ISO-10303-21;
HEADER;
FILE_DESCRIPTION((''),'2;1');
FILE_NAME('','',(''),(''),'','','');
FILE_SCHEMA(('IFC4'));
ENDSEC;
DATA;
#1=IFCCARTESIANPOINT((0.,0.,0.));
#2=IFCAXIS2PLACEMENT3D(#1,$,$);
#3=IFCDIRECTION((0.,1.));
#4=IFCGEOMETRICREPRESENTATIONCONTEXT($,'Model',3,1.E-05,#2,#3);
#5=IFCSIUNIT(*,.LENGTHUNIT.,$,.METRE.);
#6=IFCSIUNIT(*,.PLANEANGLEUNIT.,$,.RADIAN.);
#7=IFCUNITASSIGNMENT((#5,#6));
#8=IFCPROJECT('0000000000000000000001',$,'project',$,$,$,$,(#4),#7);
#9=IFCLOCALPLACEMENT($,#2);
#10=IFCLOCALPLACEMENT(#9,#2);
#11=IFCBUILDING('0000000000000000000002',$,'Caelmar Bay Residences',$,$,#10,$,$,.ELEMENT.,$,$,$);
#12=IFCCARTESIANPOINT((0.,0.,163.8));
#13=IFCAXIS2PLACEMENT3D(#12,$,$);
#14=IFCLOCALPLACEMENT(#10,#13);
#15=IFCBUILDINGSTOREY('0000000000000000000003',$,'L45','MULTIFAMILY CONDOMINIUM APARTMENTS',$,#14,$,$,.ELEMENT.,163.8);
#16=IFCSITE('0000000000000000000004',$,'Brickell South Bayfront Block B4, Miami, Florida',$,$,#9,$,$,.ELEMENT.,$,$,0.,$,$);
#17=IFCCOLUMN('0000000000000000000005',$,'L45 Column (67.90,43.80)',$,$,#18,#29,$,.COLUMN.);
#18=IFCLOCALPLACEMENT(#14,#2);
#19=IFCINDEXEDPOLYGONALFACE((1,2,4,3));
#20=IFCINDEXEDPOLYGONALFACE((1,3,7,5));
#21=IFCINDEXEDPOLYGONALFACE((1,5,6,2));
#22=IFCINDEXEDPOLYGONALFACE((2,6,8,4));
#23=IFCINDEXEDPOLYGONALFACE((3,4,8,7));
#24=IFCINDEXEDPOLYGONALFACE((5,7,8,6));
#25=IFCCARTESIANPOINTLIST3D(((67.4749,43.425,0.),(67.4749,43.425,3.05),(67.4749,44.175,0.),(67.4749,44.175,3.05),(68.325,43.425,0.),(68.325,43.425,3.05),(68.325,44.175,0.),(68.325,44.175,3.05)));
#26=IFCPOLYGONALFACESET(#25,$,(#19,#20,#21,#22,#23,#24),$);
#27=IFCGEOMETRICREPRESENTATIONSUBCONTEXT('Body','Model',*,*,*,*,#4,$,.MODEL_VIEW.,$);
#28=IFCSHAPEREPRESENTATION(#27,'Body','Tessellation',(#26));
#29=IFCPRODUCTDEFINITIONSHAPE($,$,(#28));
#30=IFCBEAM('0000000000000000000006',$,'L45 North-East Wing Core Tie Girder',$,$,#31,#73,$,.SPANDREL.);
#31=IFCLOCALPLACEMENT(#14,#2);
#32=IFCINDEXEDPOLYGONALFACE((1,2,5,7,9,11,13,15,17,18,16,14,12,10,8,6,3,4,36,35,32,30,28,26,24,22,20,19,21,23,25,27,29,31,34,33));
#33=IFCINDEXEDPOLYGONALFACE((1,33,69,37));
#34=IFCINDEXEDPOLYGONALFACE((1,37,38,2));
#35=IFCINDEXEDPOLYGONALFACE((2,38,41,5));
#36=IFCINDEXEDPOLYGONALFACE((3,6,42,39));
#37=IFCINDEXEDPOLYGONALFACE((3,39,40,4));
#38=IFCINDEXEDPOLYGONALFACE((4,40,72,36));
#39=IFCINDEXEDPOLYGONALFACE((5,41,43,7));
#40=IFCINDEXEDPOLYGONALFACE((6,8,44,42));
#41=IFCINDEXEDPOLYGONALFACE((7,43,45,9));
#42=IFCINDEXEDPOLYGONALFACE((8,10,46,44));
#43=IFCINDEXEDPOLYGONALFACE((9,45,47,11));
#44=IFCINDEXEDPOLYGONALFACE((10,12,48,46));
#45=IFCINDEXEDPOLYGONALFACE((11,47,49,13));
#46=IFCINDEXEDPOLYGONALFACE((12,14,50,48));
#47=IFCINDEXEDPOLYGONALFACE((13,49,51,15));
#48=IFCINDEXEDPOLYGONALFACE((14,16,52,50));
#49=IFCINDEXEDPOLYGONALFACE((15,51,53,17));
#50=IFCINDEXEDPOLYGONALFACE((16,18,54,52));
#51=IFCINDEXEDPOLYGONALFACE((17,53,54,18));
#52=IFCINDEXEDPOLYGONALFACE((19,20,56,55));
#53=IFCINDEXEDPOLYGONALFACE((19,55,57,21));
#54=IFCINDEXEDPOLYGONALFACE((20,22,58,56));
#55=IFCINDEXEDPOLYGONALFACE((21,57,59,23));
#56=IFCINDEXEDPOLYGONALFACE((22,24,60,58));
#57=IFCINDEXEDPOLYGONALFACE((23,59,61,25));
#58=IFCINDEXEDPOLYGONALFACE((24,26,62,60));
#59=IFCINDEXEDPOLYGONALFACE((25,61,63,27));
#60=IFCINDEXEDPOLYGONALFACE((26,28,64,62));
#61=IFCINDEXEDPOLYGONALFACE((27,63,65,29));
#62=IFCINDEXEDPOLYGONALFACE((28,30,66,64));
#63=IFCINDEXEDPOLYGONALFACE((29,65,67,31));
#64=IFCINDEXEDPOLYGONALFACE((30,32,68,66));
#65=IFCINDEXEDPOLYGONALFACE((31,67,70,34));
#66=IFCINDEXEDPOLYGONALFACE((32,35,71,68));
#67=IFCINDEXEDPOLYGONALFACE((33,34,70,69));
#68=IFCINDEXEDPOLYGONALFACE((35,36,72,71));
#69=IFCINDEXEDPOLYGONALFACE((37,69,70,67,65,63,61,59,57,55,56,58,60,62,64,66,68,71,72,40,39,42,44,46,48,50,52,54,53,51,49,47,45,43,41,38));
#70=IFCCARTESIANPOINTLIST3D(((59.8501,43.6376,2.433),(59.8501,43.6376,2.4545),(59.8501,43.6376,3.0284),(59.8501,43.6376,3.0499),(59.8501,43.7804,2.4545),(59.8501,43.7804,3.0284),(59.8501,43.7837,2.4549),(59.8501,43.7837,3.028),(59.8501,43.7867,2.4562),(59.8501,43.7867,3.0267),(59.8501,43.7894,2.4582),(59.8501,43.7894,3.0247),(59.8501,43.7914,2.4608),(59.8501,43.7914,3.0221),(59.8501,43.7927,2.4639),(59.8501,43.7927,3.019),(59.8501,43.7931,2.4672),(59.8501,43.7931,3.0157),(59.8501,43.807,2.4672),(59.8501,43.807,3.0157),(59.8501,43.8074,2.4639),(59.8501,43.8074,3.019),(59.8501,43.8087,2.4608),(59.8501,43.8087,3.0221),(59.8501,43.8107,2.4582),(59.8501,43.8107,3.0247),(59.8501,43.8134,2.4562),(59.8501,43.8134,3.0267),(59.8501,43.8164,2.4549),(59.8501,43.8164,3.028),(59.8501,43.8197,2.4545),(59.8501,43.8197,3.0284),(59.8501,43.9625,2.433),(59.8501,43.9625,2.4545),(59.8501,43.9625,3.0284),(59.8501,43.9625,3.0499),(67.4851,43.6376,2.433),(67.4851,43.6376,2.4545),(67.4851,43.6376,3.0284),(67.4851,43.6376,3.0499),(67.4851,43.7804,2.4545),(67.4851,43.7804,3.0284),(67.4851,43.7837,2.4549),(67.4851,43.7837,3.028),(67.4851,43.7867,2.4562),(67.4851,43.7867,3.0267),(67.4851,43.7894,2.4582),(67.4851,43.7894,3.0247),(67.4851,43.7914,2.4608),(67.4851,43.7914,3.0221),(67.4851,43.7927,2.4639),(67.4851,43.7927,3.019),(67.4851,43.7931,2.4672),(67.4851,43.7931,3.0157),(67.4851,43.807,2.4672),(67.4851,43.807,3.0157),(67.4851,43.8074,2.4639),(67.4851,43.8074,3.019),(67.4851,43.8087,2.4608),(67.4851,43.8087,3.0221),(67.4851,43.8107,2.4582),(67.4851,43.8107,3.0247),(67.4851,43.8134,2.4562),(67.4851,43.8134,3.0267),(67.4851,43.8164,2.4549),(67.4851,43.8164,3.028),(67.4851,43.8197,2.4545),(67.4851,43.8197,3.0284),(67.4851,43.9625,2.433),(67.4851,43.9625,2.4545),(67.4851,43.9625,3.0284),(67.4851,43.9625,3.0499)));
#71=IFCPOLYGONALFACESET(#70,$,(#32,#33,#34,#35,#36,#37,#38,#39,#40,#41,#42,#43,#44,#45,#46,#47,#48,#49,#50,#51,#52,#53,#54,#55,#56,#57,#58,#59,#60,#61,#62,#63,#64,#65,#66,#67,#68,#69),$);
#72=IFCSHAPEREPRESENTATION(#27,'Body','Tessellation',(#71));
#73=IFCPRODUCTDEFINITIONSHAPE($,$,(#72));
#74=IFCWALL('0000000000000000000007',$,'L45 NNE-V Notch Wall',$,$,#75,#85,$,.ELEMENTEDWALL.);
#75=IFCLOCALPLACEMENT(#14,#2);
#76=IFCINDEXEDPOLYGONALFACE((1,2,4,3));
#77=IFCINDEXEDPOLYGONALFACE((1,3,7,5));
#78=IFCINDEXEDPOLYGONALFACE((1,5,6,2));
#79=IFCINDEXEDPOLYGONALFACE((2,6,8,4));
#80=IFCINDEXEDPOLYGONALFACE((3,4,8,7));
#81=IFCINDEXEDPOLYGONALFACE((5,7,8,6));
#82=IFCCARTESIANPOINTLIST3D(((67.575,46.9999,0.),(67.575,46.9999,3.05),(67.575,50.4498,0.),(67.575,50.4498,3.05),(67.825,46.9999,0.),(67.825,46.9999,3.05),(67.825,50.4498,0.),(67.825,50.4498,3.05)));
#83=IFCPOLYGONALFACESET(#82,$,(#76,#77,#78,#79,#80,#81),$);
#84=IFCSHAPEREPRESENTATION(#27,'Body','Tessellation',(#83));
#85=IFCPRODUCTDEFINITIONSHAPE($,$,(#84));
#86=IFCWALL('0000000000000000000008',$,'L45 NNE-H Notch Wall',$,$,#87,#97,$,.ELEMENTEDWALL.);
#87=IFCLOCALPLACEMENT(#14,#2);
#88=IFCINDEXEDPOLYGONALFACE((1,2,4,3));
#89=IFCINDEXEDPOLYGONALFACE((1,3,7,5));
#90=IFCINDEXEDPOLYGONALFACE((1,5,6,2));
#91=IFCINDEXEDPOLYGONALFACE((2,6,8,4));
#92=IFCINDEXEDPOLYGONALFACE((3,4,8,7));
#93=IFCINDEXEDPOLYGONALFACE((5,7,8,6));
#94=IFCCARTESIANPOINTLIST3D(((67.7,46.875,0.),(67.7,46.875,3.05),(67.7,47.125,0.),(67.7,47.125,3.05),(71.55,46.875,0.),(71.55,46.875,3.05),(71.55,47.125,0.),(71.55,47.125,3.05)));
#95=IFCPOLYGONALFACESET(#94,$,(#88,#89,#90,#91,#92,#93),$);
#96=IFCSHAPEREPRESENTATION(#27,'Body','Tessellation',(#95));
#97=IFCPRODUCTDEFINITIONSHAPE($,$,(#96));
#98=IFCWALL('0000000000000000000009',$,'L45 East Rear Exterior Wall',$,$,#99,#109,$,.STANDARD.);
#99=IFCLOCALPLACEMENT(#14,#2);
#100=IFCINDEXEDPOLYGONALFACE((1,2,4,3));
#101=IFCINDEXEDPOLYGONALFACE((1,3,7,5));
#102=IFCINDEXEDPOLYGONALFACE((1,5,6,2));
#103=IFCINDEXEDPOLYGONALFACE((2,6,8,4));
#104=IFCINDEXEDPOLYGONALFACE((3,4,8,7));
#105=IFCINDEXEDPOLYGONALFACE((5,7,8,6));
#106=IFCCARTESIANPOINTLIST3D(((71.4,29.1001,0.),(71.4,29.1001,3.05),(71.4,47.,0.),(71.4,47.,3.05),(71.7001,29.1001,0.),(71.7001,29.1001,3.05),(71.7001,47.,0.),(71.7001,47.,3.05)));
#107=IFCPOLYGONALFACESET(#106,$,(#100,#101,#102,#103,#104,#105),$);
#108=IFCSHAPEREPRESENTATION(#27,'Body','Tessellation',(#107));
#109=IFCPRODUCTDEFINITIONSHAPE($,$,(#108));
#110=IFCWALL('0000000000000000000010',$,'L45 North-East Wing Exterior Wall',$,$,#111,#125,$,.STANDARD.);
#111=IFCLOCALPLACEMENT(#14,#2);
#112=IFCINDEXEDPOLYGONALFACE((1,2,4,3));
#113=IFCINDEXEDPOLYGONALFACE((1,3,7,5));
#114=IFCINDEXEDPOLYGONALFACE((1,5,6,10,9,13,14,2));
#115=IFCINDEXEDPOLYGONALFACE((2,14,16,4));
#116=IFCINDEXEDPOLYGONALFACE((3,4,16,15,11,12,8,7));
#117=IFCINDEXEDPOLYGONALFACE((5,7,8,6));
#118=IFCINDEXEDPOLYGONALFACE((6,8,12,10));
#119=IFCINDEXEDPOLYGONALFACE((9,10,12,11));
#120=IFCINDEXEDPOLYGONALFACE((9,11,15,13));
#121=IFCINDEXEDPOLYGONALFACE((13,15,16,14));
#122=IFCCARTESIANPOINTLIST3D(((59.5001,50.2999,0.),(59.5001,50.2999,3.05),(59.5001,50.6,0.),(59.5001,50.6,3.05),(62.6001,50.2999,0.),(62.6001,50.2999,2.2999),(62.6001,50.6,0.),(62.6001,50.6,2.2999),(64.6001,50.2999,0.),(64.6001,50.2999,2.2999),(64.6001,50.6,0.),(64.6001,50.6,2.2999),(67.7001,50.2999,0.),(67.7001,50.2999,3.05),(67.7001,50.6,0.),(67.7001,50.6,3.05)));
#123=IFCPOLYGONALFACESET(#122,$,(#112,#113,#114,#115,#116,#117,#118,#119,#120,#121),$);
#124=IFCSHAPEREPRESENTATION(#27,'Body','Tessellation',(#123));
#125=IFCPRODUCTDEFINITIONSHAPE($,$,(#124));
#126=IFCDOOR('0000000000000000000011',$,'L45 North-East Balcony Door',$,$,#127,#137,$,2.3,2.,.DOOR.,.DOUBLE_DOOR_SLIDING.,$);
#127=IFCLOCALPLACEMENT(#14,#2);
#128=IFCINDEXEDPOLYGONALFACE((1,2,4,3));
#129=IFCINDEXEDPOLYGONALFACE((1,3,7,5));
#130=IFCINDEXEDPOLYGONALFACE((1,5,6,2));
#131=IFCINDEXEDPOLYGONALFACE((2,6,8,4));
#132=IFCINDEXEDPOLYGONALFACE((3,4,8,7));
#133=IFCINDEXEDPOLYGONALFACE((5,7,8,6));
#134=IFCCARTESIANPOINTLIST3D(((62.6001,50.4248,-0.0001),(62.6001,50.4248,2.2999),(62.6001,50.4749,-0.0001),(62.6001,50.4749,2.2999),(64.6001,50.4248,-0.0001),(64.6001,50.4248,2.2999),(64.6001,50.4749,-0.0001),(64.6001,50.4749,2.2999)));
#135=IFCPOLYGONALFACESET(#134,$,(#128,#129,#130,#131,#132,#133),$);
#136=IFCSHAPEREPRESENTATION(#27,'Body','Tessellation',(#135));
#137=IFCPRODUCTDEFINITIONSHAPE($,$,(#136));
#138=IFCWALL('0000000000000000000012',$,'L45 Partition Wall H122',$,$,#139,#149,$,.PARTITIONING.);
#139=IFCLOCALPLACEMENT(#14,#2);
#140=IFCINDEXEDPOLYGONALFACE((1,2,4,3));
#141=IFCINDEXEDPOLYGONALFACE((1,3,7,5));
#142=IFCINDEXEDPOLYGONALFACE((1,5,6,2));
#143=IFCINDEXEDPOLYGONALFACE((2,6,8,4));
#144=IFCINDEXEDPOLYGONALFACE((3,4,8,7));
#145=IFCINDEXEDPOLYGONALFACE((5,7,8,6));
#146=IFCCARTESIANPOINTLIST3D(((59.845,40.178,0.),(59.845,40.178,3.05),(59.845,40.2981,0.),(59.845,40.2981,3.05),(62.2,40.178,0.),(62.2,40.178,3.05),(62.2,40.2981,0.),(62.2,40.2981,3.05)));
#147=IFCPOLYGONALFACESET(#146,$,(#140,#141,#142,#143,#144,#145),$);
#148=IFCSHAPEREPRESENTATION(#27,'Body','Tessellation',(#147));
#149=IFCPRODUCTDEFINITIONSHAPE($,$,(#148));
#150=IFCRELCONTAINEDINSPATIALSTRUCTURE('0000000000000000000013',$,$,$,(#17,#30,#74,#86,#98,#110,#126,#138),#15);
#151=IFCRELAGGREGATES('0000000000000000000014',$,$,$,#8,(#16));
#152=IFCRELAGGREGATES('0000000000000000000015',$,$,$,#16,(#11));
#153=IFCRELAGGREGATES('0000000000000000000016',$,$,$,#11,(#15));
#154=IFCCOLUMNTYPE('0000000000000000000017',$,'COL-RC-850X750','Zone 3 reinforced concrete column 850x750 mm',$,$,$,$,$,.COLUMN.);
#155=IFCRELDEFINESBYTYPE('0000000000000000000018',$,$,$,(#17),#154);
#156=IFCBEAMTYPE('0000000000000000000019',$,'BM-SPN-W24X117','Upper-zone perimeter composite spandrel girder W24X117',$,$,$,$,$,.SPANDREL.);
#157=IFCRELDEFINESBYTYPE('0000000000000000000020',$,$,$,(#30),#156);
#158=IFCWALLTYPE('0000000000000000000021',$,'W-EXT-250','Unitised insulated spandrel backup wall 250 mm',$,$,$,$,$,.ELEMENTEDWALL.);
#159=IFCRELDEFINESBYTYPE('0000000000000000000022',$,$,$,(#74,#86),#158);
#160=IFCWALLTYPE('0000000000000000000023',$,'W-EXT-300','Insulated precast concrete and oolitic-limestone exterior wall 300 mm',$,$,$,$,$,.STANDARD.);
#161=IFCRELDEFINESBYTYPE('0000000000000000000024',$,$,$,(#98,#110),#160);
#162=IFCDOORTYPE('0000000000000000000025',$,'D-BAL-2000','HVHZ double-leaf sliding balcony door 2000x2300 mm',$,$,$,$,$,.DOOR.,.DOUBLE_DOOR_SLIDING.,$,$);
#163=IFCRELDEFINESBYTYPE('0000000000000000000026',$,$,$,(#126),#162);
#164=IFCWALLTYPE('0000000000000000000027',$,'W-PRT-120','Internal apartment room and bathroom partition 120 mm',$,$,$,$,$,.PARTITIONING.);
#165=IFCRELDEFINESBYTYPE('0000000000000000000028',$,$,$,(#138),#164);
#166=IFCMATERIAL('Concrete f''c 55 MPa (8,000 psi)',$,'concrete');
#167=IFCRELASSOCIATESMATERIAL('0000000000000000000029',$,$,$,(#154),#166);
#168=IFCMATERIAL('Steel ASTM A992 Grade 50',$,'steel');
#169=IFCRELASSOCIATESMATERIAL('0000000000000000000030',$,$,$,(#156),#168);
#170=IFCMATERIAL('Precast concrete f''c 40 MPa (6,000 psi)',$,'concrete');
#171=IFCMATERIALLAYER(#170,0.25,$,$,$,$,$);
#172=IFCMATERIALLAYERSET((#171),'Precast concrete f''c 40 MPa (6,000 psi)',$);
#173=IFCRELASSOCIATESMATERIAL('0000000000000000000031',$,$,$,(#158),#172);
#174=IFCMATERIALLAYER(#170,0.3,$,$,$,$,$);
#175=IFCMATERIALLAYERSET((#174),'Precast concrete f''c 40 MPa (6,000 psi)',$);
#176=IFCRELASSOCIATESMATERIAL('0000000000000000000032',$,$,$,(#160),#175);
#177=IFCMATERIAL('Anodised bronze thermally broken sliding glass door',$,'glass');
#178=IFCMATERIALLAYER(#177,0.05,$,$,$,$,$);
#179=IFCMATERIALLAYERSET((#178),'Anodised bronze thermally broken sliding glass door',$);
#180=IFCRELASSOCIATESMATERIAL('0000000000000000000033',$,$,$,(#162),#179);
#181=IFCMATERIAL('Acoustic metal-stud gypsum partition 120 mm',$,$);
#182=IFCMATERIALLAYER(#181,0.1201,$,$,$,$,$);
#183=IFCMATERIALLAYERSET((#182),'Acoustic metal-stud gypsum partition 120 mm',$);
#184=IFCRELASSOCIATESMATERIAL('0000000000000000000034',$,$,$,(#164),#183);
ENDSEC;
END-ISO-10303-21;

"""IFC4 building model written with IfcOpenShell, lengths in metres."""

from ifc_helpers import new_model, si_unit, direction, frame, frame_2d, origin, origin_2d, place, context, subcontext, project, spatial, rectangle, i_section, extrude, material, layer, layer_set, material_profile, profile_set, type_object, element, fill, save


model = new_model("IFC4")

# Units and contexts
model_context = context("Model", 3, precision=1e-05, world=origin(), true_north=direction((0.0, 1.0)))
body_context = subcontext(model_context, "Body", "Model", "MODEL_VIEW")
ifc_project = project(units=[si_unit("LENGTHUNIT", "METRE"), si_unit("PLANEANGLEUNIT", "RADIAN")], contexts=[model_context])

# Site, building, storey
site_placement = place(None, origin())
site = spatial("IfcSite", under=ifc_project, at=site_placement, Name="Brickell South Bayfront Block B4, Miami, Florida", CompositionType="ELEMENT", RefElevation=0.0)
building_placement = place(site_placement, origin())
building = spatial("IfcBuilding", under=site, at=building_placement, Name="Caelmar Bay Residences", CompositionType="ELEMENT")
storey_placement = place(building_placement, frame((0.0, 0.0, 163.8)))
storey = spatial("IfcBuildingStorey", under=building, at=storey_placement, Name="L45", Description="MULTIFAMILY CONDOMINIUM APARTMENTS", CompositionType="ELEMENT", Elevation=163.8)

# Column
ifc_material_1 = material(Name="Concrete f'c 55 MPa (8,000 psi)", Category="concrete")
ifc_material_profile_1 = material_profile(ifc_material_1, rectangle(XDim=0.8501, YDim=0.75, at=origin_2d()), Name="RC-COL-850X750")
ifc_profile_set_1 = profile_set([ifc_material_profile_1], Name="Concrete f'c 55 MPa (8,000 psi)")
column_type = type_object("IfcColumnType", Name="COL-RC-850X750", Description="Zone 3 reinforced concrete column 850x750 mm", PredefinedType="COLUMN", material=ifc_profile_set_1)
column_placement = place(storey_placement, frame((67.8999, 43.8, 0.0), z_axis=(0.0, 0.0, 1.0), x_axis=(1.0, 0.0, 0.0)))
element("IfcColumn", 1, at=column_placement, inside=storey, type_object=column_type, Name="L45 Column (67.90,43.80)", PredefinedType="COLUMN", context=body_context, shape_type="SweptSolid", body=[
    extrude(rectangle(XDim=0.8501, YDim=0.75, at=origin_2d()), origin(), (0.0, 0.0, 1.0), 3.05),
])

# Beam
ifc_material_2 = material(Name="Steel ASTM A992 Grade 50", Category="steel")
ifc_material_profile_2 = material_profile(ifc_material_2, i_section(OverallWidth=0.325, OverallDepth=0.6169, WebThickness=0.0139, FlangeThickness=0.0215, FilletRadius=0.0127, at=origin_2d()), Name="W24X117")
ifc_profile_set_2 = profile_set([ifc_material_profile_2], Name="Steel ASTM A992 Grade 50")
beam_type = type_object("IfcBeamType", Name="BM-SPN-W24X117", Description="Upper-zone perimeter composite spandrel girder W24X117", PredefinedType="SPANDREL", material=ifc_profile_set_2)
beam_placement = place(storey_placement, frame((59.8501, 43.8, 2.7415), z_axis=(1.0, 0.0, 0.0), x_axis=(0.0, 1.0, 0.0)))
element("IfcBeam", 2, at=beam_placement, inside=storey, type_object=beam_type, Name="L45 North-East Wing Core Tie Girder", PredefinedType="SPANDREL", context=body_context, shape_type="SweptSolid", body=[
    extrude(i_section(OverallWidth=0.325, OverallDepth=0.6169, WebThickness=0.0139, FlangeThickness=0.0215, FilletRadius=0.0127, at=origin_2d()), origin(), (0.0, 0.0, 1.0), 7.635),
])

# Walls
ifc_material_3 = material(Name="Precast concrete f'c 40 MPa (6,000 psi)", Category="concrete")
ifc_layer_1 = layer(ifc_material_3, 0.25)
ifc_layer_set_1 = layer_set([ifc_layer_1], Name="Precast concrete f'c 40 MPa (6,000 psi)")
wall_type_1 = type_object("IfcWallType", Name="W-EXT-250", Description="Unitised insulated spandrel backup wall 250 mm", PredefinedType="ELEMENTEDWALL", material=ifc_layer_set_1)
wall_1_placement = place(storey_placement, frame((67.7, 50.45, 0.0), z_axis=(0.0, 0.0, 1.0), x_axis=(0.0, -1.0, 0.0)))
element("IfcWall", 3, at=wall_1_placement, inside=storey, type_object=wall_type_1, Name="L45 NNE-V Notch Wall", PredefinedType="ELEMENTEDWALL", context=body_context, shape_type="SweptSolid", body=[
    extrude(rectangle(XDim=3.45, YDim=0.25, at=frame_2d((1.7251, 0.0))), origin(), (0.0, 0.0, 1.0), 3.05),
])
wall_2_placement = place(storey_placement, frame((67.7, 47.0, 0.0), z_axis=(0.0, 0.0, 1.0), x_axis=(1.0, 0.0, 0.0)))
element("IfcWall", 4, at=wall_2_placement, inside=storey, type_object=wall_type_1, Name="L45 NNE-H Notch Wall", PredefinedType="ELEMENTEDWALL", context=body_context, shape_type="SweptSolid", body=[
    extrude(rectangle(XDim=3.8501, YDim=0.25, at=frame_2d((1.925, 0.0))), origin(), (0.0, 0.0, 1.0), 3.05),
])
ifc_layer_2 = layer(ifc_material_3, 0.3)
ifc_layer_set_2 = layer_set([ifc_layer_2], Name="Precast concrete f'c 40 MPa (6,000 psi)")
wall_type_2 = type_object("IfcWallType", Name="W-EXT-300", Description="Insulated precast concrete and oolitic-limestone exterior wall 300 mm", PredefinedType="STANDARD", material=ifc_layer_set_2)
wall_3_placement = place(storey_placement, frame((71.55, 47.0, 0.0), z_axis=(0.0, 0.0, 1.0), x_axis=(0.0, -1.0, 0.0)))
element("IfcWall", 5, at=wall_3_placement, inside=storey, type_object=wall_type_2, Name="L45 East Rear Exterior Wall", PredefinedType="STANDARD", context=body_context, shape_type="SweptSolid", body=[
    extrude(rectangle(XDim=17.8999, YDim=0.3, at=frame_2d((8.95, 0.0))), origin(), (0.0, 0.0, 1.0), 3.05),
])

# Wall, opening, door
wall_4_placement = place(storey_placement, frame((59.5, 50.45, 0.0), z_axis=(0.0, 0.0, 1.0), x_axis=(1.0, 0.0, 0.0)))
wall_4 = element("IfcWall", 6, at=wall_4_placement, inside=storey, type_object=wall_type_2, Name="L45 North-East Wing Exterior Wall", PredefinedType="STANDARD", context=body_context, shape_type="SweptSolid", body=[
    extrude(rectangle(XDim=8.2, YDim=0.3, at=frame_2d((4.1001, 0.0))), origin(), (0.0, 0.0, 1.0), 3.05),
])
opening_1_placement = place(wall_4_placement, frame((3.1001, 0.0, 0.0)))
opening_1 = element("IfcOpeningElement", 7, at=opening_1_placement, cuts=wall_4, PredefinedType="OPENING", context=body_context, shape_type="SweptSolid", body=[
    extrude(rectangle(XDim=2.0, YDim=2.3, at=frame_2d((1.0, 1.1499))), frame((0.0, 0.1599, 0.0), z_axis=(0.0, -1.0, 0.0), x_axis=(1.0, 0.0, 0.0)), (0.0, 0.0, 1.0), 0.3201),
])
ifc_material_4 = material(Name="Anodised bronze thermally broken sliding glass door", Category="glass")
ifc_layer_3 = layer(ifc_material_4, 0.05)
ifc_layer_set_3 = layer_set([ifc_layer_3], Name="Anodised bronze thermally broken sliding glass door")
door_type_1 = type_object("IfcDoorType", Name="D-BAL-2000", Description="HVHZ double-leaf sliding balcony door 2000x2300 mm", OperationType="DOUBLE_DOOR_SLIDING", PredefinedType="DOOR", material=ifc_layer_set_3)
door_1_placement = place(opening_1_placement, origin())
door_1 = element("IfcDoor", 8, at=door_1_placement, inside=storey, type_object=door_type_1, Name="L45 North-East Balcony Door", OperationType="DOUBLE_DOOR_SLIDING", OverallHeight=2.3, OverallWidth=2.0, PredefinedType="DOOR", context=body_context, shape_type="SweptSolid", body=[
    extrude(rectangle(XDim=2.0, YDim=2.3, at=frame_2d((1.0, 1.1499))), frame((0.0, 0.0249, 0.0), z_axis=(0.0, -1.0, 0.0), x_axis=(1.0, 0.0, 0.0)), (0.0, 0.0, 1.0), 0.05),
])
fill(opening_1, door_1)
ifc_material_5 = material(Name="Acoustic metal-stud gypsum partition 120 mm")
ifc_layer_4 = layer(ifc_material_5, 0.1201)
ifc_layer_set_4 = layer_set([ifc_layer_4], Name="Acoustic metal-stud gypsum partition 120 mm")
wall_type_3 = type_object("IfcWallType", Name="W-PRT-120", Description="Internal apartment room and bathroom partition 120 mm", PredefinedType="PARTITIONING", material=ifc_layer_set_4)

# Wall
wall_5_placement = place(storey_placement, frame((59.845, 40.238, 0.0), z_axis=(0.0, 0.0, 1.0), x_axis=(1.0, 0.0, 0.0)))
element("IfcWall", 9, at=wall_5_placement, inside=storey, type_object=wall_type_3, Name="L45 Partition Wall H122", PredefinedType="PARTITIONING", context=body_context, shape_type="SweptSolid", body=[
    extrude(rectangle(XDim=2.355, YDim=0.1201, at=frame_2d((1.1775, 0.0))), origin(), (0.0, 0.0, 1.0), 3.05),
])

save(model, "model.ifc")
